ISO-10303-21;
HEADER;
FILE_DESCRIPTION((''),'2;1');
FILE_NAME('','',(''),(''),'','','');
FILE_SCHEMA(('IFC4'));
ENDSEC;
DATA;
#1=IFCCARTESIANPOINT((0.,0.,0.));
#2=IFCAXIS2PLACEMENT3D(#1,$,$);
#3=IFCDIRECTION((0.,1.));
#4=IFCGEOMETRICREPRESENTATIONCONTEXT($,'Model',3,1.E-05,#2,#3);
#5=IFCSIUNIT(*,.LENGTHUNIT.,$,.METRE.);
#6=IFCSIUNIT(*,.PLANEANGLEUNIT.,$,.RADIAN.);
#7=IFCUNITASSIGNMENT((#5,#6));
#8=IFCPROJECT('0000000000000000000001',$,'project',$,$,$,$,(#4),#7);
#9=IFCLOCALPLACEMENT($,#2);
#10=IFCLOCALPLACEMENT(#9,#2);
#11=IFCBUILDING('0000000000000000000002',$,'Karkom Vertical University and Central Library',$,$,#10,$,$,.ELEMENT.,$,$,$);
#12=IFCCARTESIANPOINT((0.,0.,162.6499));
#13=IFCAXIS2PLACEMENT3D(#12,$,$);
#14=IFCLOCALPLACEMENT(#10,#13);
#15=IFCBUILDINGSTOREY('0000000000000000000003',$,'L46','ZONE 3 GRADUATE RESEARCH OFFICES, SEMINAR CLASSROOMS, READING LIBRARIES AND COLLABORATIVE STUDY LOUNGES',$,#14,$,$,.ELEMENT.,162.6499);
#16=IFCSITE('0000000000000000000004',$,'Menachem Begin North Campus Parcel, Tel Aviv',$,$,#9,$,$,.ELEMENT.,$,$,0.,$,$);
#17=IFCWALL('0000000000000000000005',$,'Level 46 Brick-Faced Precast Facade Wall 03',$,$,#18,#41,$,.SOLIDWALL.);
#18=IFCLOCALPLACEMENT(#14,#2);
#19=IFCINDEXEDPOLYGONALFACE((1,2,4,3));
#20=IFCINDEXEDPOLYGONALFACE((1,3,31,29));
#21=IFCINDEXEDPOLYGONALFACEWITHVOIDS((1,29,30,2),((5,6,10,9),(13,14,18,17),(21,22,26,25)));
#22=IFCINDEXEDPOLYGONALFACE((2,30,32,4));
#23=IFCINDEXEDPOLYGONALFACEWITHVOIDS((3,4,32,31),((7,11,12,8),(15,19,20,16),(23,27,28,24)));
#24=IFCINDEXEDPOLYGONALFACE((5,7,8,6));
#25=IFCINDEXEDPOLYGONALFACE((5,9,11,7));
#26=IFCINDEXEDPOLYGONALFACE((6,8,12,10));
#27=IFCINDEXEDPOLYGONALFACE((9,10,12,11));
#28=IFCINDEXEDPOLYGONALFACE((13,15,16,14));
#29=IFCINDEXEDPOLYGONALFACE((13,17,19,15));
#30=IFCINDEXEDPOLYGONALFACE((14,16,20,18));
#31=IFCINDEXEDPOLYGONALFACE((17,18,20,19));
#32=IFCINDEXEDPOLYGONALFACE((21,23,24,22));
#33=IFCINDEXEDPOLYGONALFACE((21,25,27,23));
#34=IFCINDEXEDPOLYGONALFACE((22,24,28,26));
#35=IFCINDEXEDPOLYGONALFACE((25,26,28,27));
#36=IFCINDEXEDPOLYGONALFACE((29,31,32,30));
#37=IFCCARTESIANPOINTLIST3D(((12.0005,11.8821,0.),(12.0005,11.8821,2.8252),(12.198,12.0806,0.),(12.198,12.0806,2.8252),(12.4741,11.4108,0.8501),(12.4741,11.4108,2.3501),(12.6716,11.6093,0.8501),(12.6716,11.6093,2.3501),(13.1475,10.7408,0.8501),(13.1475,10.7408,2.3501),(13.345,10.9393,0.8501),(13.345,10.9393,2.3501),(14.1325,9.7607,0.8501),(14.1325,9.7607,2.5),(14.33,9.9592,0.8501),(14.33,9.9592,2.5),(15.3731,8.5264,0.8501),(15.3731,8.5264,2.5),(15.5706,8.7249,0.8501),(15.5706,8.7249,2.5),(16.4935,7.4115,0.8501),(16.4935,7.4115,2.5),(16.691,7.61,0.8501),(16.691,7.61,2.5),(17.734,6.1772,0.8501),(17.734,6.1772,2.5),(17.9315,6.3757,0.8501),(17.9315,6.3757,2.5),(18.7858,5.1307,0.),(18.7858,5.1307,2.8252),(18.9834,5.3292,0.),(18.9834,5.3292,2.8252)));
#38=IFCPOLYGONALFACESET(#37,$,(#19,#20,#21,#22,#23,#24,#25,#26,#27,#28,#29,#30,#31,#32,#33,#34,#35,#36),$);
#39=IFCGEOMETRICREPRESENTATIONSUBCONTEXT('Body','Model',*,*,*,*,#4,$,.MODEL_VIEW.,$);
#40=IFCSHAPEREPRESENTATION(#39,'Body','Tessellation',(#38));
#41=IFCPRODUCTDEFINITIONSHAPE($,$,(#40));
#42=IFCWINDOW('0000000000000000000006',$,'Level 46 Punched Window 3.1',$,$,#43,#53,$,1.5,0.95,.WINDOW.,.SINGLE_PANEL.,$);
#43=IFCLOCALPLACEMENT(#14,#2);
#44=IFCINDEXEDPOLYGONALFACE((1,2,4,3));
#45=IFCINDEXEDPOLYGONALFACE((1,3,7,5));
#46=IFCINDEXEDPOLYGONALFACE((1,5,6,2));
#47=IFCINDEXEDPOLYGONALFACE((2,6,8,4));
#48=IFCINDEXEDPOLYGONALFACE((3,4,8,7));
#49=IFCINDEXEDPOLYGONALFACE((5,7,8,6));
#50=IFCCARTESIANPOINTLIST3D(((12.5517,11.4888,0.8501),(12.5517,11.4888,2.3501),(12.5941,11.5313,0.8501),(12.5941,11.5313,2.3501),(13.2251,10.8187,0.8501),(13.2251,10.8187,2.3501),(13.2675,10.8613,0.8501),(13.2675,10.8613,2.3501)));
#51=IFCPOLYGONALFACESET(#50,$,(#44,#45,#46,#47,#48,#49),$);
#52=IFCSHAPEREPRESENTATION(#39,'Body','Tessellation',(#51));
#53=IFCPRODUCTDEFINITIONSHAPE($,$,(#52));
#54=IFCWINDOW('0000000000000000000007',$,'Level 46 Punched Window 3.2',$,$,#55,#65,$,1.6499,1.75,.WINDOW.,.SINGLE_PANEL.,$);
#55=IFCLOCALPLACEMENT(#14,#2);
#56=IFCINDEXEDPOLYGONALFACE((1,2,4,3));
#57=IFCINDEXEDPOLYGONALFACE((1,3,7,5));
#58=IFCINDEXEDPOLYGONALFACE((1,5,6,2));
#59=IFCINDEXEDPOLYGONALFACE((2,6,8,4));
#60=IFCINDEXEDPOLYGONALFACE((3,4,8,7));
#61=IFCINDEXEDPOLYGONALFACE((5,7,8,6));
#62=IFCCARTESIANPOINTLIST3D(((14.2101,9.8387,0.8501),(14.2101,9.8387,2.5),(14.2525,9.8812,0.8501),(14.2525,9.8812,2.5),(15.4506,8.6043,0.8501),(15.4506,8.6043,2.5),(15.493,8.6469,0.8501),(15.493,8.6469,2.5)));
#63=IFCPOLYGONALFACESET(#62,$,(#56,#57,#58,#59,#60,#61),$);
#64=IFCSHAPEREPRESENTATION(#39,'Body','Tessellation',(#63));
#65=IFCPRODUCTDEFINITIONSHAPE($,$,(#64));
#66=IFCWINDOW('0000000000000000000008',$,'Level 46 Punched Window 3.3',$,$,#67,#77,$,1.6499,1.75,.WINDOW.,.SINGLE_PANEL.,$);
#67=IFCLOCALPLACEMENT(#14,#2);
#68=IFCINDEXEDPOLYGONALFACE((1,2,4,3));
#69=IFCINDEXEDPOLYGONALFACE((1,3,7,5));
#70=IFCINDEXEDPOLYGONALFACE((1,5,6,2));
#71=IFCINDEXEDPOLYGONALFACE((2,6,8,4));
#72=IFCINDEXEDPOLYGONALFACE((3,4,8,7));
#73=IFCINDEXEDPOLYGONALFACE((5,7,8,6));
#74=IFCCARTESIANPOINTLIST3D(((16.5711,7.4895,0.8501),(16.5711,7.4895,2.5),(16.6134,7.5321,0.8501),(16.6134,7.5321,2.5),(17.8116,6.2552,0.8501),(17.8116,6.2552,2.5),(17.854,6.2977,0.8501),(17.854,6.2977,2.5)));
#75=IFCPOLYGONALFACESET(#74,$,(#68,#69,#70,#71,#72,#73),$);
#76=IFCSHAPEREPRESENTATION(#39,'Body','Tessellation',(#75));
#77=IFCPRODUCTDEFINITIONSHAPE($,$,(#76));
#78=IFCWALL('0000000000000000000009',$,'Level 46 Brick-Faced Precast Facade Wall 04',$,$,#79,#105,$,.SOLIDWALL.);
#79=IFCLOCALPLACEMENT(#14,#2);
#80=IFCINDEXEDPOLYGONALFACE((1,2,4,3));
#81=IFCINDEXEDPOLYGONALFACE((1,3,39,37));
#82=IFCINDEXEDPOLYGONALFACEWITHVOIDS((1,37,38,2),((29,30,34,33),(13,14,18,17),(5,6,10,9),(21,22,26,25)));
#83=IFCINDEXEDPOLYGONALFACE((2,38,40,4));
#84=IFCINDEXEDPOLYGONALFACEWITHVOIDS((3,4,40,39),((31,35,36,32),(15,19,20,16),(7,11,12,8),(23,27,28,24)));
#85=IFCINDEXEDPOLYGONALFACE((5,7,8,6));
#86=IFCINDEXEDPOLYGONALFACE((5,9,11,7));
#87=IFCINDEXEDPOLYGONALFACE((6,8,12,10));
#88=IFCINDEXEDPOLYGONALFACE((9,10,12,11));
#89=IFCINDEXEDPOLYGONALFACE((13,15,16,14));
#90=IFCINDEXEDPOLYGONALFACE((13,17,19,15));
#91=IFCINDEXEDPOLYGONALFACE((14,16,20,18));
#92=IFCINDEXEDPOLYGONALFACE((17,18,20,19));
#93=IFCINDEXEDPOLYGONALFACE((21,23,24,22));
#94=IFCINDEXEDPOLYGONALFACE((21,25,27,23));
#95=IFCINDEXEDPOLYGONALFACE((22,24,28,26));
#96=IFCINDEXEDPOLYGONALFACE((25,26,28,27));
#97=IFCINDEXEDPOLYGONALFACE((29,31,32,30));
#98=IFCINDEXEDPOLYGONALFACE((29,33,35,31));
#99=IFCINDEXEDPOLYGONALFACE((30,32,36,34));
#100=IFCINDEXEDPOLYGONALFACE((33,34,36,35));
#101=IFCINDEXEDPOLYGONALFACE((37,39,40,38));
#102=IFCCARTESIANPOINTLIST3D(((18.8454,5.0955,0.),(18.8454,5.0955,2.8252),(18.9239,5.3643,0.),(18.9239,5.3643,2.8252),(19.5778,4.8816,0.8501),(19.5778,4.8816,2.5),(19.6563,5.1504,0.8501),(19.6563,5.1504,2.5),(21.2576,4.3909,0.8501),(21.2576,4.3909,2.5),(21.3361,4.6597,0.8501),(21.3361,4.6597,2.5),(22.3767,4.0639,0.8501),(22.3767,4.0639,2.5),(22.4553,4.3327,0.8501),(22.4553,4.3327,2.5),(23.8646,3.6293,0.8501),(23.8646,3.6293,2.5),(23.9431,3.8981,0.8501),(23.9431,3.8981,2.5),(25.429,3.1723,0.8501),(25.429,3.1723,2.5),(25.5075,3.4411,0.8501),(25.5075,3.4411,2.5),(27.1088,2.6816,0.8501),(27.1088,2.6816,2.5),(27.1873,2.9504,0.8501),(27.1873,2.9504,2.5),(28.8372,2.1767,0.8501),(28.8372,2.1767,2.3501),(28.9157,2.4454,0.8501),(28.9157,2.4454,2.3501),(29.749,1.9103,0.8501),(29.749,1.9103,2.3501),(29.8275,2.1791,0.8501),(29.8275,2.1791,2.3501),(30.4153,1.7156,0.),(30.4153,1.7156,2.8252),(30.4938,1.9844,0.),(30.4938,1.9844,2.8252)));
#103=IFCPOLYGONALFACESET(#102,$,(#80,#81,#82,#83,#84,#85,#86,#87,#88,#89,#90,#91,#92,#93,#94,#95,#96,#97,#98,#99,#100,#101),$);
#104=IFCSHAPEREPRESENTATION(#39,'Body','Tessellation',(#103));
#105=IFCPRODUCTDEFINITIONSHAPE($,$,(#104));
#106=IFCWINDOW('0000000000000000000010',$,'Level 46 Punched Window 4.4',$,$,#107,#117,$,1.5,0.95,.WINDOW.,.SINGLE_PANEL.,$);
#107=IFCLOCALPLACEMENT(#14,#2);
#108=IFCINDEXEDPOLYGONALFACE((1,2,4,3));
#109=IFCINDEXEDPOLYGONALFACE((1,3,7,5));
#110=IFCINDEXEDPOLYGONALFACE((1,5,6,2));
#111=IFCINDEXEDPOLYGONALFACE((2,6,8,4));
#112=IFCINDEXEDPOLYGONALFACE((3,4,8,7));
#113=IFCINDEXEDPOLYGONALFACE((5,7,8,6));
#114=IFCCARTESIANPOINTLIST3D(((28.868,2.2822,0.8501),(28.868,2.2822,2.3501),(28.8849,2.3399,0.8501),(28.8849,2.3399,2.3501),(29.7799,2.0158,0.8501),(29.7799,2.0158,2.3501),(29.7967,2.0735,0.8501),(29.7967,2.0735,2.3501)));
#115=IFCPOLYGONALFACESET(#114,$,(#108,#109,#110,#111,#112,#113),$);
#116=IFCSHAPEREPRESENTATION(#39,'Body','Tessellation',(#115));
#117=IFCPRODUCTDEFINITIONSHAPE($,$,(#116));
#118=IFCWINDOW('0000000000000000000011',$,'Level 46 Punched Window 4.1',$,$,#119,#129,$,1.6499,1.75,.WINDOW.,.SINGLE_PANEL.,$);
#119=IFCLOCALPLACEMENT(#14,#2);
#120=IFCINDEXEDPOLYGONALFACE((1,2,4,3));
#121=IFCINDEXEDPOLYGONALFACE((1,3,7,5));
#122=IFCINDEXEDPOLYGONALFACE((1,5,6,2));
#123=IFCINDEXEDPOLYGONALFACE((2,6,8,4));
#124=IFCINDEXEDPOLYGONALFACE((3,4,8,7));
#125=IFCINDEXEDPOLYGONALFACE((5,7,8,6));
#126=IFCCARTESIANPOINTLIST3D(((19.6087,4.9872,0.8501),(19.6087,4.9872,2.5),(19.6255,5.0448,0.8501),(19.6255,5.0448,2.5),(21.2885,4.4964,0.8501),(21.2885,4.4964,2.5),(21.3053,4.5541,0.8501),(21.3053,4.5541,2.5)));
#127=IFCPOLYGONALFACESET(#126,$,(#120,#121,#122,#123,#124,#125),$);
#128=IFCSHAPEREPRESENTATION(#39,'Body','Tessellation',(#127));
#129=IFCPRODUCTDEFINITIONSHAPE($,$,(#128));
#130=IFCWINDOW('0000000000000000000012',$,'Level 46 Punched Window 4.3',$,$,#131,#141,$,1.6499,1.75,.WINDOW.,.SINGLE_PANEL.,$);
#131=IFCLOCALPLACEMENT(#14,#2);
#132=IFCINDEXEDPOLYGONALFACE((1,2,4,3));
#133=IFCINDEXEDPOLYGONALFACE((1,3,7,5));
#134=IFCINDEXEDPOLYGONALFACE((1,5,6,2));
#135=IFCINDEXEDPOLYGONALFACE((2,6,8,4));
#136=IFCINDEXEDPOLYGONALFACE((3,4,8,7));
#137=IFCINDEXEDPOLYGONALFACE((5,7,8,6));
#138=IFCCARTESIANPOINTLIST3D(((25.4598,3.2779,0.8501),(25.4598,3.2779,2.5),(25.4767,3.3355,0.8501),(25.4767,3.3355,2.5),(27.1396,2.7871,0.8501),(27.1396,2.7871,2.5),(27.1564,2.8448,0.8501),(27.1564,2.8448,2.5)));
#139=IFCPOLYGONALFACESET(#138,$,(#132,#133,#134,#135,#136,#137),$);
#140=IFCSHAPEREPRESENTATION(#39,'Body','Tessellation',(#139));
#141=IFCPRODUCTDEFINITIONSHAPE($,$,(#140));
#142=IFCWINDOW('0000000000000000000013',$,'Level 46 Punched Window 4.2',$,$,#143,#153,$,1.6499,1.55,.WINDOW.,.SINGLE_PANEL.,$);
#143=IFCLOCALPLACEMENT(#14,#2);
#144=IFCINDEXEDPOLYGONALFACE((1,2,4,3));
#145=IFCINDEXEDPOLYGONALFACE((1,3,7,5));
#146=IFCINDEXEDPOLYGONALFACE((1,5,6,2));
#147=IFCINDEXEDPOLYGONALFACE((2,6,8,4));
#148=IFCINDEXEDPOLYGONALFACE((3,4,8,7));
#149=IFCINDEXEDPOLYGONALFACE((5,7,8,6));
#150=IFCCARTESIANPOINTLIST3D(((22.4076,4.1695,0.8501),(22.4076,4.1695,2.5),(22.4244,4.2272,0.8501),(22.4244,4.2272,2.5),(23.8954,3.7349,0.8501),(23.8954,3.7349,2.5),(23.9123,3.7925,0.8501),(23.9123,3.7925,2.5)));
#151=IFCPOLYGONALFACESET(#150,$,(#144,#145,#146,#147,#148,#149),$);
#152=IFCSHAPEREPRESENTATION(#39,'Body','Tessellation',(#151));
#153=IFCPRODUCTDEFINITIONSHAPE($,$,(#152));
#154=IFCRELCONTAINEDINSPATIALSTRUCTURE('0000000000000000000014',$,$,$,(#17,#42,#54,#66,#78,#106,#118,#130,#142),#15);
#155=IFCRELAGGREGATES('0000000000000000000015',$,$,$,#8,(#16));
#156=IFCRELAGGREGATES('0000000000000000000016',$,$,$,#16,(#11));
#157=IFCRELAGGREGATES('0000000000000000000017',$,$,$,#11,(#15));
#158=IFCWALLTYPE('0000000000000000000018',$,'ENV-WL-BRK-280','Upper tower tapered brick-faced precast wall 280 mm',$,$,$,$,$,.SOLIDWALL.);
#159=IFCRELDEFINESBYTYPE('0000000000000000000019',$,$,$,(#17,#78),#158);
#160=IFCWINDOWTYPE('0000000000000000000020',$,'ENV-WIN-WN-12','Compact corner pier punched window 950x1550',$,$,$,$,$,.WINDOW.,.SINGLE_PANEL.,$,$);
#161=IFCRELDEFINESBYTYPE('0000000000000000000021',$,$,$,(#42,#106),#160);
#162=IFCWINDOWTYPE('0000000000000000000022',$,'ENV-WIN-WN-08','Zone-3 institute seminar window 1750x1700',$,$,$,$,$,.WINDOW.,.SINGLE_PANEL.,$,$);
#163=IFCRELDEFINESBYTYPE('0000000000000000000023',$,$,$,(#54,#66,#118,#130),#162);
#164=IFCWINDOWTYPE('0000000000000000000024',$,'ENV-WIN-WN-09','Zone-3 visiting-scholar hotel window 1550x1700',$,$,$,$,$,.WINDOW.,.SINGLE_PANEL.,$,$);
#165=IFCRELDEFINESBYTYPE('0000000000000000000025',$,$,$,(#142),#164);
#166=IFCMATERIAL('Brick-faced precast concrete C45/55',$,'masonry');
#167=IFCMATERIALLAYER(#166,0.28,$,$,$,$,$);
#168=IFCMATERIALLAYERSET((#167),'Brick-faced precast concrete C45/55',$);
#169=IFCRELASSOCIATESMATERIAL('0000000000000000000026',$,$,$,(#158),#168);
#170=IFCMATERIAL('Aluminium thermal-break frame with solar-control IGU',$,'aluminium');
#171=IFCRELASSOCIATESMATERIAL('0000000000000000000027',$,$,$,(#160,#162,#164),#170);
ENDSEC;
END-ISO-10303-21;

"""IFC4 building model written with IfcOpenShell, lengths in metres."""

from ifc_helpers import new_model, si_unit, direction, frame, frame_2d, origin, origin_with_axes, place, context, subcontext, project, spatial, rectangle, extrude, source, transform, mapped, material, layer, layer_set, type_object, element, fill, save


model = new_model("IFC4")

# Units and contexts
model_context = context("Model", 3, precision=1e-05, world=origin(), true_north=direction((0.0, 1.0)))
body_context = subcontext(model_context, "Body", "Model", "MODEL_VIEW")
ifc_project = project(units=[si_unit("LENGTHUNIT", "METRE"), si_unit("PLANEANGLEUNIT", "RADIAN")], contexts=[model_context])

# Site, building, storey
site_placement = place(None, origin())
site = spatial("IfcSite", under=ifc_project, at=site_placement, Name="Menachem Begin North Campus Parcel, Tel Aviv", CompositionType="ELEMENT", RefElevation=0.0)
building_placement = place(site_placement, origin())
building = spatial("IfcBuilding", under=site, at=building_placement, Name="Karkom Vertical University and Central Library", CompositionType="ELEMENT")
storey_placement = place(building_placement, frame((0.0, 0.0, 162.6499)))
storey = spatial("IfcBuildingStorey", under=building, at=storey_placement, Name="L46", Description="ZONE 3 GRADUATE RESEARCH OFFICES, SEMINAR CLASSROOMS, READING LIBRARIES AND COLLABORATIVE STUDY LOUNGES", CompositionType="ELEMENT", Elevation=162.6499)

# Walls, openings, windows
ifc_material_1 = material(Name="Brick-faced precast concrete C45/55", Category="masonry")
ifc_layer_1 = layer(ifc_material_1, 0.28)
ifc_layer_set_1 = layer_set([ifc_layer_1], Name="Brick-faced precast concrete C45/55")
wall_type = type_object("IfcWallType", Name="ENV-WL-BRK-280", Description="Upper tower tapered brick-faced precast wall 280 mm", PredefinedType="SOLIDWALL", material=ifc_layer_set_1)
wall_1_placement = place(storey_placement, frame((12.0991, 11.9814, 0.0), z_axis=(0.0, 0.0, 1.0), x_axis=(0.708877, -0.705332, 0.0)))
wall_1 = element("IfcWall", 1, at=wall_1_placement, inside=storey, type_object=wall_type, Name="Level 46 Brick-Faced Precast Facade Wall 03", PredefinedType="SOLIDWALL", context=body_context, shape_type="SweptSolid", body=[
    extrude(rectangle(XDim=9.572, YDim=0.28, at=frame_2d((4.7861, 0.0))), origin(), (0.0, 0.0, 1.0), 2.8252),
])
opening_1_placement = place(wall_1_placement, frame((0.6682, 0.0, 0.8501)))
opening_1 = element("IfcOpeningElement", 2, at=opening_1_placement, cuts=wall_1, PredefinedType="OPENING", context=body_context, shape_type="SweptSolid", body=[
    extrude(rectangle(XDim=0.95, YDim=1.5, at=frame_2d((0.4751, 0.75))), frame((0.0, 0.1499, 0.0), z_axis=(0.0, -1.0, 0.0), x_axis=(1.0, 0.0, 0.0)), (0.0, 0.0, 1.0), 0.3),
])
opening_2_placement = place(wall_1_placement, frame((3.0078, 0.0, 0.8501)))
opening_2 = element("IfcOpeningElement", 3, at=opening_2_placement, cuts=wall_1, PredefinedType="OPENING", context=body_context, shape_type="SweptSolid", body=[
    extrude(rectangle(XDim=1.75, YDim=1.6499, at=frame_2d((0.875, 0.825))), frame((0.0, 0.1499, 0.0), z_axis=(0.0, -1.0, 0.0), x_axis=(1.0, 0.0, 0.0)), (0.0, 0.0, 1.0), 0.3),
])
opening_3_placement = place(wall_1_placement, frame((6.3384, 0.0, 0.8501)))
opening_3 = element("IfcOpeningElement", 4, at=opening_3_placement, cuts=wall_1, PredefinedType="OPENING", context=body_context, shape_type="SweptSolid", body=[
    extrude(rectangle(XDim=1.75, YDim=1.6499, at=frame_2d((0.875, 0.825))), frame((0.0, 0.1499, 0.0), z_axis=(0.0, -1.0, 0.0), x_axis=(1.0, 0.0, 0.0)), (0.0, 0.0, 1.0), 0.3),
])
ifc_material_2 = material(Name="Aluminium thermal-break frame with solar-control IGU", Category="aluminium")
window_type_1 = type_object("IfcWindowType", Name="ENV-WIN-WN-12", Description="Compact corner pier punched window 950x1550", PartitioningType="SINGLE_PANEL", PredefinedType="WINDOW", material=ifc_material_2)
shared_shape_1 = source(origin_with_axes(), body_context, "Body", "SweptSolid", [
    extrude(rectangle(XDim=0.95, YDim=1.5, at=frame_2d((0.4751, 0.75))), frame((0.0, 0.03, 0.0), z_axis=(0.0, -1.0, 0.0), x_axis=(1.0, 0.0, 0.0)), (0.0, 0.0, 1.0), 0.0601),
])
window_1_placement = place(opening_1_placement, origin())
window_1 = element("IfcWindow", 5, at=window_1_placement, inside=storey, type_object=window_type_1, Name="Level 46 Punched Window 3.1", OverallHeight=1.5, OverallWidth=0.95, PartitioningType="SINGLE_PANEL", PredefinedType="WINDOW", context=body_context, shape_type="MappedRepresentation", body=[
    mapped(shared_shape_1, transform((0.0, 0.0, 0.0), scale=1.0)),
])
fill(opening_1, window_1)
window_type_2 = type_object("IfcWindowType", Name="ENV-WIN-WN-08", Description="Zone-3 institute seminar window 1750x1700", PartitioningType="SINGLE_PANEL", PredefinedType="WINDOW", material=ifc_material_2)
shared_shape_2 = source(origin_with_axes(), body_context, "Body", "SweptSolid", [
    extrude(rectangle(XDim=1.75, YDim=1.6499, at=frame_2d((0.875, 0.825))), frame((0.0, 0.03, 0.0), z_axis=(0.0, -1.0, 0.0), x_axis=(1.0, 0.0, 0.0)), (0.0, 0.0, 1.0), 0.0601),
])
window_2_placement = place(opening_2_placement, origin())
window_2 = element("IfcWindow", 6, at=window_2_placement, inside=storey, type_object=window_type_2, Name="Level 46 Punched Window 3.2", OverallHeight=1.6499, OverallWidth=1.75, PartitioningType="SINGLE_PANEL", PredefinedType="WINDOW", context=body_context, shape_type="MappedRepresentation", body=[
    mapped(shared_shape_2, transform((0.0, 0.0, 0.0), scale=1.0)),
])
fill(opening_2, window_2)
window_3_placement = place(opening_3_placement, origin())
window_3 = element("IfcWindow", 7, at=window_3_placement, inside=storey, type_object=window_type_2, Name="Level 46 Punched Window 3.3", OverallHeight=1.6499, OverallWidth=1.75, PartitioningType="SINGLE_PANEL", PredefinedType="WINDOW", context=body_context, shape_type="MappedRepresentation", body=[
    mapped(shared_shape_2, transform((0.0, 0.0, 0.0), scale=1.0)),
])
fill(opening_3, window_3)
wall_2_placement = place(storey_placement, frame((18.8845, 5.23, 0.0), z_axis=(0.0, 0.0, 1.0), x_axis=(0.959881, -0.280409, 0.0)))
wall_2 = element("IfcWall", 8, at=wall_2_placement, inside=storey, type_object=wall_type, Name="Level 46 Brick-Faced Precast Facade Wall 04", PredefinedType="SOLIDWALL", context=body_context, shape_type="SweptSolid", body=[
    extrude(rectangle(XDim=12.0535, YDim=0.28, at=frame_2d((6.0269, 0.0))), origin(), (0.0, 0.0, 1.0), 2.8252),
])
opening_4_placement = place(wall_2_placement, frame((0.7632, 0.0, 0.8501)))
opening_4 = element("IfcOpeningElement", 9, at=opening_4_placement, cuts=wall_2, PredefinedType="OPENING", context=body_context, shape_type="SweptSolid", body=[
    extrude(rectangle(XDim=1.75, YDim=1.6499, at=frame_2d((0.875, 0.825))), frame((0.0, 0.1499, 0.0), z_axis=(0.0, -1.0, 0.0), x_axis=(1.0, 0.0, 0.0)), (0.0, 0.0, 1.0), 0.3),
])
opening_5_placement = place(wall_2_placement, frame((3.6792, 0.0, 0.8501)))
opening_5 = element("IfcOpeningElement", 10, at=opening_5_placement, cuts=wall_2, PredefinedType="OPENING", context=body_context, shape_type="SweptSolid", body=[
    extrude(rectangle(XDim=1.55, YDim=1.6499, at=frame_2d((0.7749, 0.825))), frame((0.0, 0.1499, 0.0), z_axis=(0.0, -1.0, 0.0), x_axis=(1.0, 0.0, 0.0)), (0.0, 0.0, 1.0), 0.3),
])
opening_6_placement = place(wall_2_placement, frame((6.8589, 0.0, 0.8501)))
opening_6 = element("IfcOpeningElement", 11, at=opening_6_placement, cuts=wall_2, PredefinedType="OPENING", context=body_context, shape_type="SweptSolid", body=[
    extrude(rectangle(XDim=1.75, YDim=1.6499, at=frame_2d((0.875, 0.825))), frame((0.0, 0.1499, 0.0), z_axis=(0.0, -1.0, 0.0), x_axis=(1.0, 0.0, 0.0)), (0.0, 0.0, 1.0), 0.3),
])
opening_7_placement = place(wall_2_placement, frame((10.4094, 0.0, 0.8501)))
opening_7 = element("IfcOpeningElement", 12, at=opening_7_placement, cuts=wall_2, PredefinedType="OPENING", context=body_context, shape_type="SweptSolid", body=[
    extrude(rectangle(XDim=0.95, YDim=1.5, at=frame_2d((0.4751, 0.75))), frame((0.0, 0.1499, 0.0), z_axis=(0.0, -1.0, 0.0), x_axis=(1.0, 0.0, 0.0)), (0.0, 0.0, 1.0), 0.3),
])
window_4_placement = place(opening_7_placement, origin())
window_4 = element("IfcWindow", 13, at=window_4_placement, inside=storey, type_object=window_type_1, Name="Level 46 Punched Window 4.4", OverallHeight=1.5, OverallWidth=0.95, PartitioningType="SINGLE_PANEL", PredefinedType="WINDOW", context=body_context, shape_type="MappedRepresentation", body=[
    mapped(shared_shape_1, transform((0.0, 0.0, 0.0), scale=1.0)),
])
fill(opening_7, window_4)
window_5_placement = place(opening_4_placement, origin())
window_5 = element("IfcWindow", 14, at=window_5_placement, inside=storey, type_object=window_type_2, Name="Level 46 Punched Window 4.1", OverallHeight=1.6499, OverallWidth=1.75, PartitioningType="SINGLE_PANEL", PredefinedType="WINDOW", context=body_context, shape_type="MappedRepresentation", body=[
    mapped(shared_shape_2, transform((0.0, 0.0, 0.0), scale=1.0)),
])
fill(opening_4, window_5)
window_6_placement = place(opening_6_placement, origin())
window_6 = element("IfcWindow", 15, at=window_6_placement, inside=storey, type_object=window_type_2, Name="Level 46 Punched Window 4.3", OverallHeight=1.6499, OverallWidth=1.75, PartitioningType="SINGLE_PANEL", PredefinedType="WINDOW", context=body_context, shape_type="MappedRepresentation", body=[
    mapped(shared_shape_2, transform((0.0, 0.0, 0.0), scale=1.0)),
])
fill(opening_6, window_6)
window_type_3 = type_object("IfcWindowType", Name="ENV-WIN-WN-09", Description="Zone-3 visiting-scholar hotel window 1550x1700", PartitioningType="SINGLE_PANEL", PredefinedType="WINDOW", material=ifc_material_2)
shared_shape_3 = source(origin_with_axes(), body_context, "Body", "SweptSolid", [
    extrude(rectangle(XDim=1.55, YDim=1.6499, at=frame_2d((0.7749, 0.825))), frame((0.0, 0.03, 0.0), z_axis=(0.0, -1.0, 0.0), x_axis=(1.0, 0.0, 0.0)), (0.0, 0.0, 1.0), 0.0601),
])
window_7_placement = place(opening_5_placement, origin())
window_7 = element("IfcWindow", 16, at=window_7_placement, inside=storey, type_object=window_type_3, Name="Level 46 Punched Window 4.2", OverallHeight=1.6499, OverallWidth=1.55, PartitioningType="SINGLE_PANEL", PredefinedType="WINDOW", context=body_context, shape_type="MappedRepresentation", body=[
    mapped(shared_shape_3, transform((0.0, 0.0, 0.0), scale=1.0)),
])
fill(opening_5, window_7)

save(model, "model.ifc")
